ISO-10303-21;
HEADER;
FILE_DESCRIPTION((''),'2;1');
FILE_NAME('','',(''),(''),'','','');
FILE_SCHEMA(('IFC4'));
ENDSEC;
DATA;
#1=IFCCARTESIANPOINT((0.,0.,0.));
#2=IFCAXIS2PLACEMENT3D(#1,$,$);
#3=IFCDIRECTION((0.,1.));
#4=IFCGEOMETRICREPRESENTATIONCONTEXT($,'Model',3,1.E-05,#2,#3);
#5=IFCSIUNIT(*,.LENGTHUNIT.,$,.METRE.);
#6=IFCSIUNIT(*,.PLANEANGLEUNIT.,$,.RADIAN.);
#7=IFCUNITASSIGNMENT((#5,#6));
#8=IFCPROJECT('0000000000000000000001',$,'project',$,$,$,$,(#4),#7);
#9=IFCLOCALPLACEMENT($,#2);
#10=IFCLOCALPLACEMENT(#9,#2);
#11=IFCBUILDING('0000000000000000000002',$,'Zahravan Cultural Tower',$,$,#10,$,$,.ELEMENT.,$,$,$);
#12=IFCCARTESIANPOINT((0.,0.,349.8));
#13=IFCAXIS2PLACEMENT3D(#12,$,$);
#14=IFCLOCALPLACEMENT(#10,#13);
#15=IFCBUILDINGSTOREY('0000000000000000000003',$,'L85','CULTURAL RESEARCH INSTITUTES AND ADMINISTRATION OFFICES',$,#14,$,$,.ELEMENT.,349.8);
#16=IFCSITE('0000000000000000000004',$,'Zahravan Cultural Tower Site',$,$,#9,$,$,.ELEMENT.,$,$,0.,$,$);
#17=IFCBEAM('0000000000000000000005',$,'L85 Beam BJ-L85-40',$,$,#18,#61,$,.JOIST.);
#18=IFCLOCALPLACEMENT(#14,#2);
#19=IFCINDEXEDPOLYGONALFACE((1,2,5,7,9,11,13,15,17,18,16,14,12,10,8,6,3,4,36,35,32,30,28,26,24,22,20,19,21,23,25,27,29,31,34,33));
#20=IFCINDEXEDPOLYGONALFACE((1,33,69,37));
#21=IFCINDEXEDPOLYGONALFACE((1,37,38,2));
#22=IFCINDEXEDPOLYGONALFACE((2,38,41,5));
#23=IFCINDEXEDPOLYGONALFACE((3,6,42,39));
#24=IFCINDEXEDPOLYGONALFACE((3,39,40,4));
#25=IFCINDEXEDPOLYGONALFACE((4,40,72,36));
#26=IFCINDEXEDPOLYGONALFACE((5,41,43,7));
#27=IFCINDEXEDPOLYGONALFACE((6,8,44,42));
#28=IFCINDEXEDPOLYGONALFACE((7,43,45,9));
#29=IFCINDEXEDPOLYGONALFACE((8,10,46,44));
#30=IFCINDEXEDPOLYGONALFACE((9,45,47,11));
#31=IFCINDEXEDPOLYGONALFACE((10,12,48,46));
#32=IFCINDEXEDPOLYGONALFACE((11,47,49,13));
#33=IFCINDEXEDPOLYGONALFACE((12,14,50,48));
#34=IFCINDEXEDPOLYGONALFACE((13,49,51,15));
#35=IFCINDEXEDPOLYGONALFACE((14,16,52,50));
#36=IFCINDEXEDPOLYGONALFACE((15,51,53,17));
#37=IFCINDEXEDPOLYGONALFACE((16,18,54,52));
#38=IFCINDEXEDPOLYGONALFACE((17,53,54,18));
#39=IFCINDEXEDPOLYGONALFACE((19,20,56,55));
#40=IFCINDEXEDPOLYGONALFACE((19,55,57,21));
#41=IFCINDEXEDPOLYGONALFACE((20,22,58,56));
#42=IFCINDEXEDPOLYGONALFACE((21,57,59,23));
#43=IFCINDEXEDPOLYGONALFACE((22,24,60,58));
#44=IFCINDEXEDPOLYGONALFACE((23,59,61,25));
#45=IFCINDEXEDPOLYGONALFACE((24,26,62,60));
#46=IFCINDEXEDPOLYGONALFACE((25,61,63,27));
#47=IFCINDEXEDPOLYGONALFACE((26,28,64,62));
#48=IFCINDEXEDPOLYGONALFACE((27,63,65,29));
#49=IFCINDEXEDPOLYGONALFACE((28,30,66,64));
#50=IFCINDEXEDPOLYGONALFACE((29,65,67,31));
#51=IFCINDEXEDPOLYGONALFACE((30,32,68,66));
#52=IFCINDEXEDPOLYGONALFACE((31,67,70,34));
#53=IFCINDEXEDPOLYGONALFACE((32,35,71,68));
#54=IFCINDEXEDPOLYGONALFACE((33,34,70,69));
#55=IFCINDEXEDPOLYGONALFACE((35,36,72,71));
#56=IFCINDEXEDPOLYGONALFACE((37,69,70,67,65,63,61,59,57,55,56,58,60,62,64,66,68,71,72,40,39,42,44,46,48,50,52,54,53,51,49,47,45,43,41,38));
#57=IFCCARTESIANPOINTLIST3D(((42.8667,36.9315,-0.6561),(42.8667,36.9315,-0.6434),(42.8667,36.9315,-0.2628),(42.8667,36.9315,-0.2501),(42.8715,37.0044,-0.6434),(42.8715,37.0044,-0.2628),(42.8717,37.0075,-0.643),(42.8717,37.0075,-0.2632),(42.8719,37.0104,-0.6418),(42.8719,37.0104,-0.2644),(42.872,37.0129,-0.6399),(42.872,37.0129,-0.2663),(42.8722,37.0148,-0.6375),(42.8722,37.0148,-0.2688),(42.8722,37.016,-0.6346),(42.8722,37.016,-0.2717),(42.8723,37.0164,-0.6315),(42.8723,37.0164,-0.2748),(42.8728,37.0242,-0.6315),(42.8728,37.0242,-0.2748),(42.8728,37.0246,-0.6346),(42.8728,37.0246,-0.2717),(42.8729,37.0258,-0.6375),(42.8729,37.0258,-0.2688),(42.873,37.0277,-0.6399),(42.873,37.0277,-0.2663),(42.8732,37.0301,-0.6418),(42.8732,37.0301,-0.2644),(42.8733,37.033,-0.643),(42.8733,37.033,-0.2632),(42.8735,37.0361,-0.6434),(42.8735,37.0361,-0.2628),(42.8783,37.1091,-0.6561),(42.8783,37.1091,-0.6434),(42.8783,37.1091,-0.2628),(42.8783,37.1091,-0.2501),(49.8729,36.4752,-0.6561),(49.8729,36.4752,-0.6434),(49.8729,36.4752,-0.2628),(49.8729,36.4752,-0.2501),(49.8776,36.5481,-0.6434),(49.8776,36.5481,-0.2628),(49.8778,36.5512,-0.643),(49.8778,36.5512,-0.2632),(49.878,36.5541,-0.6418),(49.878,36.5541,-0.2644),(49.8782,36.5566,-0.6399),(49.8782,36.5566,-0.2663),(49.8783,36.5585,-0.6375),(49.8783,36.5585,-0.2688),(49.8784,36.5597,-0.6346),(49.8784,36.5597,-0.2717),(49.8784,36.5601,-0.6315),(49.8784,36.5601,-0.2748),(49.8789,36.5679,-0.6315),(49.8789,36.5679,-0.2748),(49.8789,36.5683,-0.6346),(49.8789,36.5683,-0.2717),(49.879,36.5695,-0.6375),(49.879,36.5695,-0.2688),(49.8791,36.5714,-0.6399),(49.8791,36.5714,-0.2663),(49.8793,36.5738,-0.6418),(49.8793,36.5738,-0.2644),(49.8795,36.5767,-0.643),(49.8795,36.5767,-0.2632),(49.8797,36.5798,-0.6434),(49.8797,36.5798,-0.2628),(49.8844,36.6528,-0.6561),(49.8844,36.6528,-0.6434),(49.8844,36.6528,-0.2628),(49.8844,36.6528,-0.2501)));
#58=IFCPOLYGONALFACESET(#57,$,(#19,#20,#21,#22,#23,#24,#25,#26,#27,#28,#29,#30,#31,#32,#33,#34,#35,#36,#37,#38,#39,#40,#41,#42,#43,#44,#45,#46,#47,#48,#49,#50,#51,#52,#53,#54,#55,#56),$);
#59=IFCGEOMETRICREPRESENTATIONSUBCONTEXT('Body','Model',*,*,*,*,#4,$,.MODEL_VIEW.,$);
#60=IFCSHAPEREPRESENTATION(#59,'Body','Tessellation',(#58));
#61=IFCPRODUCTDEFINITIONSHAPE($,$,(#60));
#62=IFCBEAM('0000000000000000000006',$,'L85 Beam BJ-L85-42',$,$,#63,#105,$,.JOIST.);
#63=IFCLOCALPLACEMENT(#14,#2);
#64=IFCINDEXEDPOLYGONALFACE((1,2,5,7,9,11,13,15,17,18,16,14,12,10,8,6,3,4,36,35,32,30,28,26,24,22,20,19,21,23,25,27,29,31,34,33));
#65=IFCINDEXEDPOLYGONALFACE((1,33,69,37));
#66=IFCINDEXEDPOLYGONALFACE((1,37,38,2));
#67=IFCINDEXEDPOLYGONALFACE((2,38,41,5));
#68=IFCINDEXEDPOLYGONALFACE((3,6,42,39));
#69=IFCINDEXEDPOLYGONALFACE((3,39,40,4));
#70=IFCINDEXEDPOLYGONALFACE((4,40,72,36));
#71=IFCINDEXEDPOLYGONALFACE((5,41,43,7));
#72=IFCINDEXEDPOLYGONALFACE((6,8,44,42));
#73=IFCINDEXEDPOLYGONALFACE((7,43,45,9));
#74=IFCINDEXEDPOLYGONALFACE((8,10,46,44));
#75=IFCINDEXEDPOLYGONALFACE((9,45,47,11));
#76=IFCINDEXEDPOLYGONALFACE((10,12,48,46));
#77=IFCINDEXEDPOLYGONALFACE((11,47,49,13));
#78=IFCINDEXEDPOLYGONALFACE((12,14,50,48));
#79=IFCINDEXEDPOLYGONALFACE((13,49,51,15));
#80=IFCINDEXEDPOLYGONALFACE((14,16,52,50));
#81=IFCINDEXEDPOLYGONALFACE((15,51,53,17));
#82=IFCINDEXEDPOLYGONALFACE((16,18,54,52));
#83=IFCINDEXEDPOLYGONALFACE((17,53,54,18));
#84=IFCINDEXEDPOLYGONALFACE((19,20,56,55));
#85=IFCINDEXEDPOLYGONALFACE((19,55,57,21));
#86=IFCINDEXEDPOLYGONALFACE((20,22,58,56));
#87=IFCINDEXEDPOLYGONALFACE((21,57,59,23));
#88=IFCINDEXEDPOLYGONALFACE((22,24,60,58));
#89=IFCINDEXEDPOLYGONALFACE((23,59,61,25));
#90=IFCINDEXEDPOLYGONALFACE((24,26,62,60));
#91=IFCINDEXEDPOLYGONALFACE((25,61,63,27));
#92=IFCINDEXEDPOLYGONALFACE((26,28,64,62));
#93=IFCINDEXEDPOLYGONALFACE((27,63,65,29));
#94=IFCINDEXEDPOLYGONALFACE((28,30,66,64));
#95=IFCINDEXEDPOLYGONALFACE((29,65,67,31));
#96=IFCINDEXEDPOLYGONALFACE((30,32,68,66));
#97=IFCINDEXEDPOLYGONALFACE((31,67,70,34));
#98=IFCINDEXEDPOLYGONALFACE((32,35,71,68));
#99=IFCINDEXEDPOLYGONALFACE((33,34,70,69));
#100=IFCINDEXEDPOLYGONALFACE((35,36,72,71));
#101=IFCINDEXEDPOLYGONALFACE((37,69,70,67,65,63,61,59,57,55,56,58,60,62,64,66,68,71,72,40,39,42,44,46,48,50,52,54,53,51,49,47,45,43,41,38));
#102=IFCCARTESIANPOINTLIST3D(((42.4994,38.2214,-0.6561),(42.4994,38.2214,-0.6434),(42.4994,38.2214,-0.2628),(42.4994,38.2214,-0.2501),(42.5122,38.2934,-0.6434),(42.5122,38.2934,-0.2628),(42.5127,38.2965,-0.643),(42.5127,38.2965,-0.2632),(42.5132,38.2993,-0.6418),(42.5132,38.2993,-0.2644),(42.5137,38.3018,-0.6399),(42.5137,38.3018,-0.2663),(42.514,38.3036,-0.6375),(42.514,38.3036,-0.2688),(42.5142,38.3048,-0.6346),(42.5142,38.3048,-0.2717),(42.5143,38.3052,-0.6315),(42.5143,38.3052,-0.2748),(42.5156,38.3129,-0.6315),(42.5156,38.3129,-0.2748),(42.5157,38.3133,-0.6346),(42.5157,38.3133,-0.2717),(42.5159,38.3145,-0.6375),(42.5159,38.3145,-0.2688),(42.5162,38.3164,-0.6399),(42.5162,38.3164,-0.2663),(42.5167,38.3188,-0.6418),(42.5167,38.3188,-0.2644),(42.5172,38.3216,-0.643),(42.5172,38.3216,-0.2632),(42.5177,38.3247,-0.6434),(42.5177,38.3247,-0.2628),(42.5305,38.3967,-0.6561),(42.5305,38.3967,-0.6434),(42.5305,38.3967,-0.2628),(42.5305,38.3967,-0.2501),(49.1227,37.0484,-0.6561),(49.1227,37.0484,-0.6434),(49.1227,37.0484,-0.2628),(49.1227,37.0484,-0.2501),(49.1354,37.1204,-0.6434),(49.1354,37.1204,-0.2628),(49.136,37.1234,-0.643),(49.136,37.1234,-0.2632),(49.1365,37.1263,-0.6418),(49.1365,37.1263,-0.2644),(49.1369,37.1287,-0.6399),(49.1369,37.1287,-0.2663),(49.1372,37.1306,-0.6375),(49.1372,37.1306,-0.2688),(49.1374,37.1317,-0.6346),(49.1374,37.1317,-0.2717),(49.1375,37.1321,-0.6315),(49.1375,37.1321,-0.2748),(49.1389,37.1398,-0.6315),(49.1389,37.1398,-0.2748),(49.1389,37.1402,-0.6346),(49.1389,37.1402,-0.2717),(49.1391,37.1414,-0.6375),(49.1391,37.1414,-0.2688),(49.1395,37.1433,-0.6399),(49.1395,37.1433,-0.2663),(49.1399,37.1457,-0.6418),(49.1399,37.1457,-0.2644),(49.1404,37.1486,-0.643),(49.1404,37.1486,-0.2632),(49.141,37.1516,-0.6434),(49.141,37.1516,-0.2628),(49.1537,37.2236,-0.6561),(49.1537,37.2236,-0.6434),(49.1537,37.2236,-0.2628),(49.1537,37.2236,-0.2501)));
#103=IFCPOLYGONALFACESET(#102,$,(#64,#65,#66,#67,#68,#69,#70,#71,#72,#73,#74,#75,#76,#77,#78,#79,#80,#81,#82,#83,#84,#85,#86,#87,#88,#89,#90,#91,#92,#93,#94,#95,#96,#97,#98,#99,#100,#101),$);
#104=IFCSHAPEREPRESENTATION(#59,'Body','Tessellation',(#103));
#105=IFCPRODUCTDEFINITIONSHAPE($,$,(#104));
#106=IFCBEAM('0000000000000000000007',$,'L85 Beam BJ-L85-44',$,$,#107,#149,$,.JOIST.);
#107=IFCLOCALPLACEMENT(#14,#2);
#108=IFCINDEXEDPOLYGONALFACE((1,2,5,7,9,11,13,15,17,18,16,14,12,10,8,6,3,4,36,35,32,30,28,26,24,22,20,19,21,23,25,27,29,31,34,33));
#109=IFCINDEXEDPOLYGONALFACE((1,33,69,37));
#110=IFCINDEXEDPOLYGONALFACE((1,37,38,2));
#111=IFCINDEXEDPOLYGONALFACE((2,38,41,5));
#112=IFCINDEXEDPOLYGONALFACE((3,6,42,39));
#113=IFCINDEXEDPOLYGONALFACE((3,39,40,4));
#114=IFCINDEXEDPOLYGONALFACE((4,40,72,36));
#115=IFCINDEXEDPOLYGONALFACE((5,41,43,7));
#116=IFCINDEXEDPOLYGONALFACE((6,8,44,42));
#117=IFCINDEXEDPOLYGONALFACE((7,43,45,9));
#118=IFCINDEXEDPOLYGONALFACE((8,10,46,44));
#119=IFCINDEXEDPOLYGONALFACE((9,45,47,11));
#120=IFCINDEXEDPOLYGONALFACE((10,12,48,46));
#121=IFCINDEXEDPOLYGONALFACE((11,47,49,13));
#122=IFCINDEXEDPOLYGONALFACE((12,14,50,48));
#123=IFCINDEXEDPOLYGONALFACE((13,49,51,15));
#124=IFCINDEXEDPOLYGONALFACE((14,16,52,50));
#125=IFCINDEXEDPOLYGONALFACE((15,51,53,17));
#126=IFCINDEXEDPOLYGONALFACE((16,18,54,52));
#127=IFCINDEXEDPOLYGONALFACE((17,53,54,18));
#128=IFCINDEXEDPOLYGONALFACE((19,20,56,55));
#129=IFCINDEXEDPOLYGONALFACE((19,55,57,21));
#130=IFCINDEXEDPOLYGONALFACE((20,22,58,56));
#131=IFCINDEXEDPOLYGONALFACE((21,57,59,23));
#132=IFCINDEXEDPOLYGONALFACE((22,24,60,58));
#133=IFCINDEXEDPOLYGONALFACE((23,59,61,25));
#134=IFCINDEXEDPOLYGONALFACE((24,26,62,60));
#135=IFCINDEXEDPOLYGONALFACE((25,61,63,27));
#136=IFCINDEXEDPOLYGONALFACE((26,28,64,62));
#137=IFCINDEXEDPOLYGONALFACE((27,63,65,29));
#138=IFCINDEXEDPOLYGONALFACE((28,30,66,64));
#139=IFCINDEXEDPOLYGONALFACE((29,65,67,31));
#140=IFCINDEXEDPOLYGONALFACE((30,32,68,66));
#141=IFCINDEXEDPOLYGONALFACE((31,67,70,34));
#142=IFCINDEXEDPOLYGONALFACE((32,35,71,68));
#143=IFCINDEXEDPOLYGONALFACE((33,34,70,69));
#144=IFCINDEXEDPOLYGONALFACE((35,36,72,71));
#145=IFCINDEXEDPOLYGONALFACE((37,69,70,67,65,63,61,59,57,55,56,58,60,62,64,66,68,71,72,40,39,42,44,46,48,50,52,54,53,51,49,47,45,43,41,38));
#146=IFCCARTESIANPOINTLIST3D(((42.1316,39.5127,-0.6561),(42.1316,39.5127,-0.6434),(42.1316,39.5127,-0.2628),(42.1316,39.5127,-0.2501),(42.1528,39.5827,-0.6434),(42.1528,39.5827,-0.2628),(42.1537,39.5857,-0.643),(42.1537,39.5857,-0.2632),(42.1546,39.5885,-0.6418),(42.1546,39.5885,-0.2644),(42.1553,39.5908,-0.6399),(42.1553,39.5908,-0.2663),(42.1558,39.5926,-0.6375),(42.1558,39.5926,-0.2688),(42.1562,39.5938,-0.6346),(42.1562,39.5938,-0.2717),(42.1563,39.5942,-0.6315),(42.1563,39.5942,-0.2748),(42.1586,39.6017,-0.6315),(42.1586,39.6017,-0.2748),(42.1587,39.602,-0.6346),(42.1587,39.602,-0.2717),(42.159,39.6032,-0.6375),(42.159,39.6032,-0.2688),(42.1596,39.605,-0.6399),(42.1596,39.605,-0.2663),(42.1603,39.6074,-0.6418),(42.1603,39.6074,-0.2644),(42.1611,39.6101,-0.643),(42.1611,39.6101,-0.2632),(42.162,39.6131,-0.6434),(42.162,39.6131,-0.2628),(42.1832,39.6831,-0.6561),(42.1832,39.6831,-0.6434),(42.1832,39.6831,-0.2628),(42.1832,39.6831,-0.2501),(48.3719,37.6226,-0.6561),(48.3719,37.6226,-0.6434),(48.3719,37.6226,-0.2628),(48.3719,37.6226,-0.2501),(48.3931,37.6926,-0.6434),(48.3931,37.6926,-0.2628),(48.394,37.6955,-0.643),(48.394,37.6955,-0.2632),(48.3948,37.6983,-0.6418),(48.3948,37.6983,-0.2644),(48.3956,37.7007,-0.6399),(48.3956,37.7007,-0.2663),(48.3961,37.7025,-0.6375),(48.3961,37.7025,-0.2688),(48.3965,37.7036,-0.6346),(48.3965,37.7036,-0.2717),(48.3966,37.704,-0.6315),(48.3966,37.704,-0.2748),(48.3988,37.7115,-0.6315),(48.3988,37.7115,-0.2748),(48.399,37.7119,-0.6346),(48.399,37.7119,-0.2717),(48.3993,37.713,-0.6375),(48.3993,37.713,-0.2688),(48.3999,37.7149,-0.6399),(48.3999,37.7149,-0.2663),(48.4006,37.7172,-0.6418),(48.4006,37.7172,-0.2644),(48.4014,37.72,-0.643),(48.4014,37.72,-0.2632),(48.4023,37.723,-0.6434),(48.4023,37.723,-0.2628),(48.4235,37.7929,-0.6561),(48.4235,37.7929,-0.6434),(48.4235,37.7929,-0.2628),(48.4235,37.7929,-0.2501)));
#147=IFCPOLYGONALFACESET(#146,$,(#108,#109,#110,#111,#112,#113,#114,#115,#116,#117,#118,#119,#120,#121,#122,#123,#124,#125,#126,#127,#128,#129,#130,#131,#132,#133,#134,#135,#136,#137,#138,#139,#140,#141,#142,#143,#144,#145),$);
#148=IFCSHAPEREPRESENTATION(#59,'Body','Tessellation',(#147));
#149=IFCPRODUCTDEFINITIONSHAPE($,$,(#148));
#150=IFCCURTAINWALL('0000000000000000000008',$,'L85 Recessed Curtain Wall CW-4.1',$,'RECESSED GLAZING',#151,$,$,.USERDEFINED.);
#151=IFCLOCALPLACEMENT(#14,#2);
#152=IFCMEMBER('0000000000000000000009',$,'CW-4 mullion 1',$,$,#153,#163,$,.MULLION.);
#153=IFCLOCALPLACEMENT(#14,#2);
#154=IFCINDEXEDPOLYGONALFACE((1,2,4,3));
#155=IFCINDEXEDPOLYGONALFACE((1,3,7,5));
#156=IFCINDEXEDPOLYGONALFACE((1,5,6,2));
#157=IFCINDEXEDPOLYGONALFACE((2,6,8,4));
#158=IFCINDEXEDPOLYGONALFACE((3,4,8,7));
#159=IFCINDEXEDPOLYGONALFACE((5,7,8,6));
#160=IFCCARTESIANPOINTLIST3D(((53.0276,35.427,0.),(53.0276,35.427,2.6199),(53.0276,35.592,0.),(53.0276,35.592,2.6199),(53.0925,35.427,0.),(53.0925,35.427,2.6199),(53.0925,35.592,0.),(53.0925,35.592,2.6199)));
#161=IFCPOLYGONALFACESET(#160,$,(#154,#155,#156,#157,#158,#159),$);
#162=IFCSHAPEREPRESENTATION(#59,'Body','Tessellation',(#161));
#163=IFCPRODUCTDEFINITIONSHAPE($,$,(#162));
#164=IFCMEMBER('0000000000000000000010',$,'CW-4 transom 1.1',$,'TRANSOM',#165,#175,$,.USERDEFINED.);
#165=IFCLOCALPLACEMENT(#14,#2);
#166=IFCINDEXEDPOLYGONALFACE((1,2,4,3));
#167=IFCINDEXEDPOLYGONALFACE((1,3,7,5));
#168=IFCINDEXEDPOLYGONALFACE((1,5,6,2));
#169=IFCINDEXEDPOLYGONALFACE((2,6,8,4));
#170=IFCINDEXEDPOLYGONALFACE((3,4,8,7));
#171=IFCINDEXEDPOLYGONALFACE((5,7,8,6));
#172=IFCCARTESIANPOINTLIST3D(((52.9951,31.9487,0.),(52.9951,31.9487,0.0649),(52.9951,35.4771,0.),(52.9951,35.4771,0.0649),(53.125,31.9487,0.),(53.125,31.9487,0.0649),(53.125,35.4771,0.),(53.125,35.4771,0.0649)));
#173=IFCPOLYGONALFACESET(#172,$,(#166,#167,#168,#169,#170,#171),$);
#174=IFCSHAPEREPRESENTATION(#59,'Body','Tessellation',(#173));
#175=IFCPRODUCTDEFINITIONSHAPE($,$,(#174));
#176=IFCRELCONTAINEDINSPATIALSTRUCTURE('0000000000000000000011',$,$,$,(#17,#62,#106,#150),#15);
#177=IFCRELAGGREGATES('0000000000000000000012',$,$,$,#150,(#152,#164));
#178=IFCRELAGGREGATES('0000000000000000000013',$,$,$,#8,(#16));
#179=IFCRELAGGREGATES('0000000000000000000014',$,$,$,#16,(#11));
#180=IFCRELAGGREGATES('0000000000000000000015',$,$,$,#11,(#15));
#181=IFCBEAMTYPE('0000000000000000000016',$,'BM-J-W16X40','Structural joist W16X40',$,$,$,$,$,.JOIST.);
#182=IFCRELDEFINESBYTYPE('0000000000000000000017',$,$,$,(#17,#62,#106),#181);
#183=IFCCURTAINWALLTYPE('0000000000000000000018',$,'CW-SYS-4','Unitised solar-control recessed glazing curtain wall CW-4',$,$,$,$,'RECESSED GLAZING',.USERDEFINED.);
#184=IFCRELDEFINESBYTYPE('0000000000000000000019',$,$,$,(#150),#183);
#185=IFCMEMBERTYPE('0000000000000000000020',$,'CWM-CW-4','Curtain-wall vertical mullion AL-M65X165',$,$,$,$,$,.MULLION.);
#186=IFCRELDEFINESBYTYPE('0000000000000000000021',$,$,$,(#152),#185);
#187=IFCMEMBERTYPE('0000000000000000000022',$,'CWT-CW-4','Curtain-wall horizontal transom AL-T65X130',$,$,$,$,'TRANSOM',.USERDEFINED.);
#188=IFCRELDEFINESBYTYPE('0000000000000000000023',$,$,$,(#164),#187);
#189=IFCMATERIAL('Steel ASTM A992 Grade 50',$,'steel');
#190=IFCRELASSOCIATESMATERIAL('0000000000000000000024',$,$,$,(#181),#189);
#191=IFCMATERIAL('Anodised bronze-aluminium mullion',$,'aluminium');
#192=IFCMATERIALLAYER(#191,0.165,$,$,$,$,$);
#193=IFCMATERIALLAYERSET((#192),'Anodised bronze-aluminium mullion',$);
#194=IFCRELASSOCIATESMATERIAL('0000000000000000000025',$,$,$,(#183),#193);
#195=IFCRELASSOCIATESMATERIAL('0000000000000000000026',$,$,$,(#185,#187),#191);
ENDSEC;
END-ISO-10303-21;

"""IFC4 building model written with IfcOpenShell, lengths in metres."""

from ifc_helpers import new_model, si_unit, direction, frame, origin, origin_2d, place, context, subcontext, project, spatial, rectangle, i_section, extrude, source, transform, mapped, material, layer, layer_set, material_profile, profile_set, type_object, element, aggregate, save


model = new_model("IFC4")

# Units and contexts
model_context = context("Model", 3, precision=1e-05, world=origin(), true_north=direction((0.0, 1.0)))
body_context = subcontext(model_context, "Body", "Model", "MODEL_VIEW")
ifc_project = project(units=[si_unit("LENGTHUNIT", "METRE"), si_unit("PLANEANGLEUNIT", "RADIAN")], contexts=[model_context])

# Site, building, storey
site_placement = place(None, origin())
site = spatial("IfcSite", under=ifc_project, at=site_placement, Name="Zahravan Cultural Tower Site", CompositionType="ELEMENT", RefElevation=0.0)
building_placement = place(site_placement, origin())
building = spatial("IfcBuilding", under=site, at=building_placement, Name="Zahravan Cultural Tower", CompositionType="ELEMENT")
storey_placement = place(building_placement, frame((0.0, 0.0, 349.8)))
storey = spatial("IfcBuildingStorey", under=building, at=storey_placement, Name="L85", Description="CULTURAL RESEARCH INSTITUTES AND ADMINISTRATION OFFICES", CompositionType="ELEMENT", Elevation=349.8)

# Shared definitions
ifc_material_1 = material(Name="Steel ASTM A992 Grade 50", Category="steel")

# Beams
ifc_material_profile_1 = material_profile(ifc_material_1, i_section(OverallWidth=0.178, OverallDepth=0.406, WebThickness=0.0078, FlangeThickness=0.0127, FilletRadius=0.012, at=origin_2d()), Name="W16X40")
ifc_profile_set_1 = profile_set([ifc_material_profile_1], Name="Steel ASTM A992 Grade 50")
beam_type_1 = type_object("IfcBeamType", Name="BM-J-W16X40", Description="Structural joist W16X40", PredefinedType="JOIST", material=ifc_profile_set_1)
shared_shape_1 = source(origin(), body_context, "Body", "SweptSolid", [
    extrude(i_section(OverallWidth=0.178, OverallDepth=0.406, WebThickness=0.0078, FlangeThickness=0.0127, FilletRadius=0.012, at=origin_2d()), origin(), (0.0, 0.0, 1.0), 7.021),
])
beam_1_placement = place(storey_placement, frame((49.8787, 36.564, -0.4531), z_axis=(-0.997886, 0.064991, 0.0), x_axis=(-0.064991, -0.997886, 0.0)))
element("IfcBeam", 1, at=beam_1_placement, inside=storey, type_object=beam_type_1, Name="L85 Beam BJ-L85-40", PredefinedType="JOIST", context=body_context, shape_type="MappedRepresentation", body=[
    mapped(shared_shape_1, transform((0.0, 0.0, 0.0), x_axis=(1.0, 0.0, 0.0), y_axis=(0.0, 1.0, 0.0), z_axis=(0.0, 0.0, 1.0), scale=1.0)),
])
shared_shape_2 = source(origin(), body_context, "Body", "SweptSolid", [
    extrude(i_section(OverallWidth=0.178, OverallDepth=0.406, WebThickness=0.0078, FlangeThickness=0.0127, FilletRadius=0.012, at=origin_2d()), origin(), (0.0, 0.0, 1.0), 6.7263),
])
beam_2_placement = place(storey_placement, frame((49.1382, 37.136, -0.4531), z_axis=(-0.984674, 0.174402, 0.0), x_axis=(-0.174402, -0.984674, 0.0)))
element("IfcBeam", 2, at=beam_2_placement, inside=storey, type_object=beam_type_1, Name="L85 Beam BJ-L85-42", PredefinedType="JOIST", context=body_context, shape_type="MappedRepresentation", body=[
    mapped(shared_shape_2, transform((0.0, 0.0, 0.0), x_axis=(1.0, 0.0, 0.0), y_axis=(0.0, 1.0, 0.0), z_axis=(0.0, 0.0, 1.0), scale=1.0)),
])
shared_shape_3 = source(origin(), body_context, "Body", "SweptSolid", [
    extrude(i_section(OverallWidth=0.178, OverallDepth=0.406, WebThickness=0.0078, FlangeThickness=0.0127, FilletRadius=0.012, at=origin_2d()), origin(), (0.0, 0.0, 1.0), 6.5203),
])
beam_3_placement = place(storey_placement, frame((48.3977, 37.7078, -0.4531), z_axis=(-0.95706, 0.289889, 0.0), x_axis=(-0.289889, -0.95706, 0.0)))
element("IfcBeam", 3, at=beam_3_placement, inside=storey, type_object=beam_type_1, Name="L85 Beam BJ-L85-44", PredefinedType="JOIST", context=body_context, shape_type="MappedRepresentation", body=[
    mapped(shared_shape_3, transform((0.0, 0.0, 0.0), x_axis=(1.0, 0.0, 0.0), y_axis=(0.0, 1.0, 0.0), z_axis=(0.0, 0.0, 1.0), scale=1.0)),
])

# Curtain wall, members
ifc_material_2 = material(Name="Anodised bronze-aluminium mullion", Category="aluminium")
ifc_layer_1 = layer(ifc_material_2, 0.165)
ifc_layer_set_1 = layer_set([ifc_layer_1], Name="Anodised bronze-aluminium mullion")
curtain_wall_type = type_object("IfcCurtainWallType", Name="CW-SYS-4", Description="Unitised solar-control recessed glazing curtain wall CW-4", ElementType="RECESSED GLAZING", PredefinedType="USERDEFINED", material=ifc_layer_set_1)
curtain_wall_placement = place(storey_placement, origin())
curtain_wall = element("IfcCurtainWall", 4, at=curtain_wall_placement, inside=storey, type_object=curtain_wall_type, Name="L85 Recessed Curtain Wall CW-4.1", ObjectType="RECESSED GLAZING", PredefinedType="USERDEFINED")
ifc_material_profile_2 = material_profile(ifc_material_2, rectangle(XDim=0.0649, YDim=0.165, at=origin_2d()), Name="AL-M65X165")
ifc_profile_set_2 = profile_set([ifc_material_profile_2], Name="Anodised bronze-aluminium mullion")
member_type_1 = type_object("IfcMemberType", Name="CWM-CW-4", Description="Curtain-wall vertical mullion AL-M65X165", PredefinedType="MULLION", material=ifc_profile_set_2)
shared_shape_4 = source(origin(), body_context, "Body", "SweptSolid", [
    extrude(rectangle(XDim=0.0649, YDim=0.165, at=origin_2d()), origin(), (0.0, 0.0, 1.0), 2.6199),
])
member_1_placement = place(storey_placement, frame((53.0601, 35.5095, 0.0), z_axis=(0.0, 0.0, 1.0), x_axis=(1.0, 0.0, 0.0)))
member_1 = element("IfcMember", 5, at=member_1_placement, type_object=member_type_1, Name="CW-4 mullion 1", PredefinedType="MULLION", context=body_context, shape_type="MappedRepresentation", body=[
    mapped(shared_shape_4, transform((0.0, 0.0, 0.0), x_axis=(1.0, 0.0, 0.0), y_axis=(0.0, 1.0, 0.0), z_axis=(0.0, 0.0, 1.0), scale=1.0)),
])
ifc_material_profile_3 = material_profile(ifc_material_2, rectangle(XDim=0.1299, YDim=0.0649, at=origin_2d()), Name="AL-T65X130")
ifc_profile_set_3 = profile_set([ifc_material_profile_3], Name="Anodised bronze-aluminium mullion")
member_type_2 = type_object("IfcMemberType", Name="CWT-CW-4", Description="Curtain-wall horizontal transom AL-T65X130", ElementType="TRANSOM", PredefinedType="USERDEFINED", material=ifc_profile_set_3)
shared_shape_5 = source(origin(), body_context, "Body", "SweptSolid", [
    extrude(rectangle(XDim=0.1299, YDim=0.0649, at=origin_2d()), origin(), (0.0, 0.0, 1.0), 3.5283),
])
member_2_placement = place(storey_placement, frame((53.0601, 35.4771, 0.0325), z_axis=(0.0, -1.0, 0.0), x_axis=(1.0, 0.0, 0.0)))
member_2 = element("IfcMember", 6, at=member_2_placement, type_object=member_type_2, Name="CW-4 transom 1.1", ObjectType="TRANSOM", PredefinedType="USERDEFINED", context=body_context, shape_type="MappedRepresentation", body=[
    mapped(shared_shape_5, transform((0.0, 0.0, 0.0), x_axis=(1.0, 0.0, 0.0), y_axis=(0.0, 1.0, 0.0), z_axis=(0.0, 0.0, 1.0), scale=1.0)),
])
aggregate(curtain_wall, [member_1, member_2])

save(model, "model.ifc")
